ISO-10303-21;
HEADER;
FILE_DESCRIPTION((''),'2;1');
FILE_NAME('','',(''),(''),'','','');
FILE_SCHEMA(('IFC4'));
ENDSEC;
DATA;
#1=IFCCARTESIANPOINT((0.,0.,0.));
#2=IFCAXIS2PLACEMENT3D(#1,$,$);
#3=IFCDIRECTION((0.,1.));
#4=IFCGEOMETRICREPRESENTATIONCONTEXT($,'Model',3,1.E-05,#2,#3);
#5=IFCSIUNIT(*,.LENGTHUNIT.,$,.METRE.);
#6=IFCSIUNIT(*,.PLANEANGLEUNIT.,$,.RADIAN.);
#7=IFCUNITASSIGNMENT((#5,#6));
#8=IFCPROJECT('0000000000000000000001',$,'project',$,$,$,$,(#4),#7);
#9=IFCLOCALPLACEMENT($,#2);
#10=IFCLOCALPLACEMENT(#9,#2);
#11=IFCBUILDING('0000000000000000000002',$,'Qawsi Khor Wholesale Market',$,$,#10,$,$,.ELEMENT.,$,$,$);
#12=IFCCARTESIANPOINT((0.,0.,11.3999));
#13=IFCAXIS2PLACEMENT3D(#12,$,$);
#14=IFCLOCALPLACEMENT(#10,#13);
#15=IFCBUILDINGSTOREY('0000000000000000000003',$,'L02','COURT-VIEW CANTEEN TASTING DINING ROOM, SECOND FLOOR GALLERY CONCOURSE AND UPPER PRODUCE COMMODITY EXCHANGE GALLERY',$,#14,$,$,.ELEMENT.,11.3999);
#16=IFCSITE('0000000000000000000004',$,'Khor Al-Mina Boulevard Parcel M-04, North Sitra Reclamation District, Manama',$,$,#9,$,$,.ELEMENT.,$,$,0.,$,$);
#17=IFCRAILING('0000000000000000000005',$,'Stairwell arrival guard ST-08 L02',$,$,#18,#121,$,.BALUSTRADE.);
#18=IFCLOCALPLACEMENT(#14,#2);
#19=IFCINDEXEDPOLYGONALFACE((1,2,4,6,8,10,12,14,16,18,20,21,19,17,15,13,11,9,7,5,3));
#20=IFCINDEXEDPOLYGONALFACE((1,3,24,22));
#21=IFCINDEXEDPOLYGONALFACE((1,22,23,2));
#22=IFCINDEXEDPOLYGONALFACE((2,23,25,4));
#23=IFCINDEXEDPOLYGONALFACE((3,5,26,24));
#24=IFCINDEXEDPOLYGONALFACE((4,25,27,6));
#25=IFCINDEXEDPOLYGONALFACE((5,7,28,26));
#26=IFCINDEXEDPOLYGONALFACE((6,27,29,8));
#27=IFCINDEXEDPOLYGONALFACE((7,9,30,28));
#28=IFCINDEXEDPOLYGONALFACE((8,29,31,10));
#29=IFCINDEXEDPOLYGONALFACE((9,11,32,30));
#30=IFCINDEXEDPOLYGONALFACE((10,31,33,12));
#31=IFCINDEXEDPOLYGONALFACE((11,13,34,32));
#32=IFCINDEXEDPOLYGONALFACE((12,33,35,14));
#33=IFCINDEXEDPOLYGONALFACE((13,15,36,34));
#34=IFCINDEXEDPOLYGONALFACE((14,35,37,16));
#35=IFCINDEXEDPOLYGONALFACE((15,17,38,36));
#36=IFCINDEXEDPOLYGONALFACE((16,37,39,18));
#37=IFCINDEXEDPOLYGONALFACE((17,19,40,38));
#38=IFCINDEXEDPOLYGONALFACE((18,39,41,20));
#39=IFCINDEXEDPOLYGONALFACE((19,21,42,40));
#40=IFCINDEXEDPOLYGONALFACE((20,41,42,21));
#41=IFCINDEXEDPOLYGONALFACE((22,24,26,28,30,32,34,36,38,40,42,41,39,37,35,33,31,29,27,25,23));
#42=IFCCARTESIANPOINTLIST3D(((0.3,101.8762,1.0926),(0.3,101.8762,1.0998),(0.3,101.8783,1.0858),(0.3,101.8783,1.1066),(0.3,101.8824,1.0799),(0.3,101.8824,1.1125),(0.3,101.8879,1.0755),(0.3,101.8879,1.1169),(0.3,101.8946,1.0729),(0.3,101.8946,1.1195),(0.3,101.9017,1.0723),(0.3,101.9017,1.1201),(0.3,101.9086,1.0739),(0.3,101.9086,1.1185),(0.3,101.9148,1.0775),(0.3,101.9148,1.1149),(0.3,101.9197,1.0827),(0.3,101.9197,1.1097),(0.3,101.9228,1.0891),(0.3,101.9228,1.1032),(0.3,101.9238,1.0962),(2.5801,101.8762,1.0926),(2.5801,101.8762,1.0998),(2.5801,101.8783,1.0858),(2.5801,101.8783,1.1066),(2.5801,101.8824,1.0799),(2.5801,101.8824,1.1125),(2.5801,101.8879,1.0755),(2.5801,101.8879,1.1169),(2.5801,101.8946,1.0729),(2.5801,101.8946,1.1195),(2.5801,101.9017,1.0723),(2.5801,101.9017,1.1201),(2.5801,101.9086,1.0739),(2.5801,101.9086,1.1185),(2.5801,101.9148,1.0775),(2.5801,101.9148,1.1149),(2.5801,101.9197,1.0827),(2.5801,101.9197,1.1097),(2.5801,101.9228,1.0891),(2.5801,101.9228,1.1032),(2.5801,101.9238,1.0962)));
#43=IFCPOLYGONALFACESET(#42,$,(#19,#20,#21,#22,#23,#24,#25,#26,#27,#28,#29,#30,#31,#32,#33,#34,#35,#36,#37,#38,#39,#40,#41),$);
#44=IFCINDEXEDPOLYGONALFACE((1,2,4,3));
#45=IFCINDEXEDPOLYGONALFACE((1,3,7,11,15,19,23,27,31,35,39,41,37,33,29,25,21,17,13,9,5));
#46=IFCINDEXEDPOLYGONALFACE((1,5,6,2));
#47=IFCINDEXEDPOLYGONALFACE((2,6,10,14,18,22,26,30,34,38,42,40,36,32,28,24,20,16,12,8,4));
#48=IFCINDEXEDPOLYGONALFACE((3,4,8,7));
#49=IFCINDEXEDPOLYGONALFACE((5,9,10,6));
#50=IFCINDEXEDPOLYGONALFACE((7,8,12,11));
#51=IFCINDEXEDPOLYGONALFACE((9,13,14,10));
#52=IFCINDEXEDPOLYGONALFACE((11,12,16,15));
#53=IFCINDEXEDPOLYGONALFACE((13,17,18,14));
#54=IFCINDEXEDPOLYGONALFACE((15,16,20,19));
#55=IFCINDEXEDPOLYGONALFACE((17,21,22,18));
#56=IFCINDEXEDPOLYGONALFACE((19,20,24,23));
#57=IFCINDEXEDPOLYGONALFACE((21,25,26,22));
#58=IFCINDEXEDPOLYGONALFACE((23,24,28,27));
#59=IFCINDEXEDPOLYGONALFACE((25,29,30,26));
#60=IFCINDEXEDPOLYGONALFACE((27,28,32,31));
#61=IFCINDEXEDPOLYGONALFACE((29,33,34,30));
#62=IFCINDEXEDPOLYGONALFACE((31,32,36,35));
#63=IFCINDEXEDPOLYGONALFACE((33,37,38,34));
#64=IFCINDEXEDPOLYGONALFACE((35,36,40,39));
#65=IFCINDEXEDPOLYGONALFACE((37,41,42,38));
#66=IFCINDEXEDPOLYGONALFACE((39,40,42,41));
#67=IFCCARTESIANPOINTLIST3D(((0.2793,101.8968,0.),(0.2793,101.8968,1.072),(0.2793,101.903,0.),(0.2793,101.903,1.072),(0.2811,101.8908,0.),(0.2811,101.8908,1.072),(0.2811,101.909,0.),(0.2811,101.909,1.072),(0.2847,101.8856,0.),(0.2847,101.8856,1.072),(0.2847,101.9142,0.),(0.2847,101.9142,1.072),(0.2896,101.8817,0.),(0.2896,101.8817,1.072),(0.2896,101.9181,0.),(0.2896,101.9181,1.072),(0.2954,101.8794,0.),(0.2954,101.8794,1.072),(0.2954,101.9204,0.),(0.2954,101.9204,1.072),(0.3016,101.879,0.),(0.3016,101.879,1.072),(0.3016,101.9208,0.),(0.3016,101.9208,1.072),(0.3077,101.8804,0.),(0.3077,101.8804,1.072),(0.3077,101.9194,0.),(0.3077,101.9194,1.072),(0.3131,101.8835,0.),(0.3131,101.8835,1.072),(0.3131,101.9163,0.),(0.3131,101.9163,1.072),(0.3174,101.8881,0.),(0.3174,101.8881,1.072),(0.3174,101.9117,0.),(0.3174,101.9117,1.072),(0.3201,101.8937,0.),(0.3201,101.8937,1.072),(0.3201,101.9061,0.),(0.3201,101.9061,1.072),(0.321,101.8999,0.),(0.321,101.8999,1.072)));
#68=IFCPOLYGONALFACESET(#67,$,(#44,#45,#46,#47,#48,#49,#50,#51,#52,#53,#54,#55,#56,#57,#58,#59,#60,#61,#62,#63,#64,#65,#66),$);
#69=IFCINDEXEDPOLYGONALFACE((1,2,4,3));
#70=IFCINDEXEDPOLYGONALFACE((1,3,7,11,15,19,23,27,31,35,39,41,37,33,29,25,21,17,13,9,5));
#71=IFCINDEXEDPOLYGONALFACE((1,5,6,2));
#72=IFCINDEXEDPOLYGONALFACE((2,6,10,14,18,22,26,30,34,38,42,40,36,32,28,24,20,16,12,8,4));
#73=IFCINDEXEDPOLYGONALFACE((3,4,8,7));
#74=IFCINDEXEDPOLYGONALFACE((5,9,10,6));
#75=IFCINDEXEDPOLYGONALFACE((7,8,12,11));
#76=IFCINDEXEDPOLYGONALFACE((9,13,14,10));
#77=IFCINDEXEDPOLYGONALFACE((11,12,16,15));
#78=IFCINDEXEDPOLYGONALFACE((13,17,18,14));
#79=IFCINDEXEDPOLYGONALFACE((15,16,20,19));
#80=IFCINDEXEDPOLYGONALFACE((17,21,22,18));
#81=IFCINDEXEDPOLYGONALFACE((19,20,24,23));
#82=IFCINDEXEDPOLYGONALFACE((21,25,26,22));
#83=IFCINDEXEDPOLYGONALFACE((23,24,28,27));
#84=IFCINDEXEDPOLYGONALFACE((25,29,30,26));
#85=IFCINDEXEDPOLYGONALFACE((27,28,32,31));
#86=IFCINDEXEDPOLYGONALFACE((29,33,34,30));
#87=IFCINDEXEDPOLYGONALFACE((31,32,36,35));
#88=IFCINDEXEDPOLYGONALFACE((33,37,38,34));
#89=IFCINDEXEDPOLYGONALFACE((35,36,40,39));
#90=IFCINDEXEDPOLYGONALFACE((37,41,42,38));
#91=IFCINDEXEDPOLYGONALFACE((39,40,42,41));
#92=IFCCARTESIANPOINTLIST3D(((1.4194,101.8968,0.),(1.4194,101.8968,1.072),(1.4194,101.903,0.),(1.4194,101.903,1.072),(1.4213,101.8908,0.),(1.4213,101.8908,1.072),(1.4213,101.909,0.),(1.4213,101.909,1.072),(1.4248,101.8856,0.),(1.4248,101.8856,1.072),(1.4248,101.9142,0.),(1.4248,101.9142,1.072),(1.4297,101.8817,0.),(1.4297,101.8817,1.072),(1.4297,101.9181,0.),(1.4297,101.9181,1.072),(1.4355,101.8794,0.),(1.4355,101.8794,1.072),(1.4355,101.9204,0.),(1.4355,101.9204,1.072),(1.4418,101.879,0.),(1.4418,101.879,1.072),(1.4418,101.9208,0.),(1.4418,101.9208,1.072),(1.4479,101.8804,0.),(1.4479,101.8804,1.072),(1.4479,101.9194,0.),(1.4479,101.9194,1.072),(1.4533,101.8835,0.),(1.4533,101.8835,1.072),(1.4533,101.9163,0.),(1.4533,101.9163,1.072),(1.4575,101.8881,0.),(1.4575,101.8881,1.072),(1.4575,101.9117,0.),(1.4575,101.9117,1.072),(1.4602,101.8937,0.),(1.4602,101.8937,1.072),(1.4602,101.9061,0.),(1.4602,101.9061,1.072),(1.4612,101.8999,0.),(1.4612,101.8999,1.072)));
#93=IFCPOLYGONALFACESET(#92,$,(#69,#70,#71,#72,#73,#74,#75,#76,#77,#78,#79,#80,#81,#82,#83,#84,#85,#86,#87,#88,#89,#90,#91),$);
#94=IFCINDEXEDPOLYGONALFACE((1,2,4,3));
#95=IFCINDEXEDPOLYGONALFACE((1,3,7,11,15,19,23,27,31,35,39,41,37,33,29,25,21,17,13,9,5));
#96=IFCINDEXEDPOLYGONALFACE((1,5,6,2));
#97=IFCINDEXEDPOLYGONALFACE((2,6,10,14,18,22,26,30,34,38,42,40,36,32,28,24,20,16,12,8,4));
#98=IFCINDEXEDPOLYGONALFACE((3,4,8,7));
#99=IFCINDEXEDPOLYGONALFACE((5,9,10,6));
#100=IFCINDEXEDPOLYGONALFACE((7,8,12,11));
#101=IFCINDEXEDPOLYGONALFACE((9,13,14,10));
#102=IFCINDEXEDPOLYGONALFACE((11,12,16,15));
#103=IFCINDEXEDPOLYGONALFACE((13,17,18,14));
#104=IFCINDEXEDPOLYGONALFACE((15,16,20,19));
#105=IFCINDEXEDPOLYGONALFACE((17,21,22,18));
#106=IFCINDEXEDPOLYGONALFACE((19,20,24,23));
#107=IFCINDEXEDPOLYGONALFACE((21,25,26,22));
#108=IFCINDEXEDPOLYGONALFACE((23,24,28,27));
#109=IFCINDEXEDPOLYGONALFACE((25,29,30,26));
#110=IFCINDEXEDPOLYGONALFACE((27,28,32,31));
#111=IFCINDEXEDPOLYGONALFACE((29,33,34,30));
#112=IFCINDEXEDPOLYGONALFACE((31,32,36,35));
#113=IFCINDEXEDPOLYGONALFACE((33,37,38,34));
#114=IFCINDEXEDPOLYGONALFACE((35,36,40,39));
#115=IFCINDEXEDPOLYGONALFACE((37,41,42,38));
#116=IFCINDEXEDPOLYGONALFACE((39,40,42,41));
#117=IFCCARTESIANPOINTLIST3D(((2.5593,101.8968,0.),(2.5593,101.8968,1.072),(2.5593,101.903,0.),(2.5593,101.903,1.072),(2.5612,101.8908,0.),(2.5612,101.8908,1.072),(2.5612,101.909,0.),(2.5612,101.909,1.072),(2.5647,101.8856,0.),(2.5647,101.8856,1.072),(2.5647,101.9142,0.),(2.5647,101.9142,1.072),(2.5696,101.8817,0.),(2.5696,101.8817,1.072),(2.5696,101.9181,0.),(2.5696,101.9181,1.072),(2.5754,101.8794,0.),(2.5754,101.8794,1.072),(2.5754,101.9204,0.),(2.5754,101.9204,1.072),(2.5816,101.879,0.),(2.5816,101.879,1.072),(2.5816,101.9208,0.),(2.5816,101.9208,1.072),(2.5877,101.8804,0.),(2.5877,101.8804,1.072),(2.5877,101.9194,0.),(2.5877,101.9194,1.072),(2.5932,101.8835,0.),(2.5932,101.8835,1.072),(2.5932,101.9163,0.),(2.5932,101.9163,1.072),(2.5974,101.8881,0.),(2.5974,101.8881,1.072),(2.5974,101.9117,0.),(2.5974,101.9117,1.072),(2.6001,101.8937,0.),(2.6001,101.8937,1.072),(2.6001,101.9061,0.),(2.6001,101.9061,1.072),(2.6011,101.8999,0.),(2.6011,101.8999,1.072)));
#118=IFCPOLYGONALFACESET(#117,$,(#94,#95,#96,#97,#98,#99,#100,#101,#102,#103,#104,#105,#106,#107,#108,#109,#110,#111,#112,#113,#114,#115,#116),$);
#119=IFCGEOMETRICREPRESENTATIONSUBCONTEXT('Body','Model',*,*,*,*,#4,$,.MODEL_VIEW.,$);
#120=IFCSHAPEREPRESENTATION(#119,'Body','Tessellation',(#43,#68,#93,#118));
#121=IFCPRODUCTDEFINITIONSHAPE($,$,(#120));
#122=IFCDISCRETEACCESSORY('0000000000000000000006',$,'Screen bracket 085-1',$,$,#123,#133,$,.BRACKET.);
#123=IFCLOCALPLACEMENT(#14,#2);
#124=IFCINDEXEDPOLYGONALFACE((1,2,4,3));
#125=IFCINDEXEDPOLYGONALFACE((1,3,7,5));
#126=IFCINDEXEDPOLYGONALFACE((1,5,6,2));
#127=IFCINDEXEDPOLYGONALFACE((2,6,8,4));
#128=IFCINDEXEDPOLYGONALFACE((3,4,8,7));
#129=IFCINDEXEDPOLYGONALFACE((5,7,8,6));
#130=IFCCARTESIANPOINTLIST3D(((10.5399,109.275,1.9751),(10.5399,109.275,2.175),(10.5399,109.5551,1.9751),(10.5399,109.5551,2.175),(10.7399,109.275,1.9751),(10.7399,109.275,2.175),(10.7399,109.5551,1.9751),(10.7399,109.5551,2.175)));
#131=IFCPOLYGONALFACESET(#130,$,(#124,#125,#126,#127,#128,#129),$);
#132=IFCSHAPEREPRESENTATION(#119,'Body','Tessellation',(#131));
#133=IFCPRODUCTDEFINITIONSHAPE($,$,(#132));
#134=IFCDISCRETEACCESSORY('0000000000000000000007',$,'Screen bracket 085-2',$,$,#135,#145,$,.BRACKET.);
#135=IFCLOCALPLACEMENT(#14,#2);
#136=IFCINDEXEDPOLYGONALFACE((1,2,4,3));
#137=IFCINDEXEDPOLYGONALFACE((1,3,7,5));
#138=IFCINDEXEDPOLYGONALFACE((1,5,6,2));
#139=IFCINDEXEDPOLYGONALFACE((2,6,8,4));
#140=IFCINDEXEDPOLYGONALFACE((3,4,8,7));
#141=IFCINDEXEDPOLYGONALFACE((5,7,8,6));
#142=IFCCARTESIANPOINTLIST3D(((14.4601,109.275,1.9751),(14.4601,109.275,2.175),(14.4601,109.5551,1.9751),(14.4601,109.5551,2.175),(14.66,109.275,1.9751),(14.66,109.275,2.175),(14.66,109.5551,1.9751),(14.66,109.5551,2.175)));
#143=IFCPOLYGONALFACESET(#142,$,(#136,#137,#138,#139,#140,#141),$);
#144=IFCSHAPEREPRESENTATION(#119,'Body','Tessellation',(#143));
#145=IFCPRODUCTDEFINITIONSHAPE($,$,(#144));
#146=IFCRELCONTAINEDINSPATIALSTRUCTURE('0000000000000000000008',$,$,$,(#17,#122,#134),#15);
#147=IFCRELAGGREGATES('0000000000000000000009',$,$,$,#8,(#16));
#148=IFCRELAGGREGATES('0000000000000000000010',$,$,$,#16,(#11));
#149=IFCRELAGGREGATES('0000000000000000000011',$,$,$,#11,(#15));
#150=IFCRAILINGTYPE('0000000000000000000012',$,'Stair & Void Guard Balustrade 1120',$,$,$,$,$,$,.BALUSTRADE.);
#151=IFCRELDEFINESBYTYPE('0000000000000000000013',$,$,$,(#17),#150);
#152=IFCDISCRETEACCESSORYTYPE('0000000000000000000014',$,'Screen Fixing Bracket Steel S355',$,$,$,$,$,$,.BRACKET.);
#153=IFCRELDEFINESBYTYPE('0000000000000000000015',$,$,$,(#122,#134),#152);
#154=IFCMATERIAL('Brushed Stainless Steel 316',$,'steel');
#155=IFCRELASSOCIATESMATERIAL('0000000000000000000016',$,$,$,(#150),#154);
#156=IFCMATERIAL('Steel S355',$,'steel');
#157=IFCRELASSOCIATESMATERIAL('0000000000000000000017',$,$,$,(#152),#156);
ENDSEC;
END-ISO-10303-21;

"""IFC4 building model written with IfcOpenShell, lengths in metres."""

from ifc_helpers import new_model, si_unit, direction, frame, origin, origin_2d, place, context, subcontext, project, spatial, rectangle, circle, extrude, material, type_object, element, save


model = new_model("IFC4")

# Units and contexts
model_context = context("Model", 3, precision=1e-05, world=origin(), true_north=direction((0.0, 1.0)))
body_context = subcontext(model_context, "Body", "Model", "MODEL_VIEW")
ifc_project = project(units=[si_unit("LENGTHUNIT", "METRE"), si_unit("PLANEANGLEUNIT", "RADIAN")], contexts=[model_context])

# Site, building, storey
site_placement = place(None, origin())
site = spatial("IfcSite", under=ifc_project, at=site_placement, Name="Khor Al-Mina Boulevard Parcel M-04, North Sitra Reclamation District, Manama", CompositionType="ELEMENT", RefElevation=0.0)
building_placement = place(site_placement, origin())
building = spatial("IfcBuilding", under=site, at=building_placement, Name="Qawsi Khor Wholesale Market", CompositionType="ELEMENT")
storey_placement = place(building_placement, frame((0.0, 0.0, 11.3999)))
storey = spatial("IfcBuildingStorey", under=building, at=storey_placement, Name="L02", Description="COURT-VIEW CANTEEN TASTING DINING ROOM, SECOND FLOOR GALLERY CONCOURSE AND UPPER PRODUCE COMMODITY EXCHANGE GALLERY", CompositionType="ELEMENT", Elevation=11.3999)

# Shared definitions
ifc_material_1 = material(Name="Steel S355", Category="steel")

# Railing
ifc_material_2 = material(Name="Brushed Stainless Steel 316", Category="steel")
railing_type = type_object("IfcRailingType", Name="Stair & Void Guard Balustrade 1120", PredefinedType="BALUSTRADE", material=ifc_material_2)
railing_placement = place(storey_placement, frame((0.3, 101.8999, 0.0)))
element("IfcRailing", 1, at=railing_placement, inside=storey, type_object=railing_type, Name="Stairwell arrival guard ST-08 L02", PredefinedType="BALUSTRADE", context=body_context, shape_type="SweptSolid", body=[
    extrude(circle(Radius=0.0239, at=origin_2d()), frame((0.0, 0.0, 1.0962), z_axis=(1.0, 0.0, 0.0), x_axis=(0.0, 1.0, 0.0)), (0.0, 0.0, 1.0), 2.28),
    extrude(circle(Radius=0.021, at=origin_2d()), origin(), (0.0, 0.0, 1.0), 1.072),
    extrude(circle(Radius=0.021, at=origin_2d()), frame((1.1401, 0.0, 0.0)), (0.0, 0.0, 1.0), 1.072),
    extrude(circle(Radius=0.021, at=origin_2d()), frame((2.28, 0.0, 0.0)), (0.0, 0.0, 1.0), 1.072),
])

# Discrete accessories
discrete_accessory_type = type_object("IfcDiscreteAccessoryType", Name="Screen Fixing Bracket Steel S355", PredefinedType="BRACKET", material=ifc_material_1)
for number, where, z_axis, x_axis, name in (
    (2, (10.6399, 109.415, 1.9751), (0.0, 0.0, 1.0), (1.0, 0.0, 0.0), "Screen bracket 085-1"),
    (3, (14.5601, 109.415, 1.9751), (0.0, 0.0, 1.0), (1.0, 0.0, 0.0), "Screen bracket 085-2"),
):
    element("IfcDiscreteAccessory", number, at=place(storey_placement, frame(where, z_axis=z_axis, x_axis=x_axis)), inside=storey, type_object=discrete_accessory_type, Name=name, PredefinedType="BRACKET", context=body_context, shape_type="SweptSolid", body=[
        extrude(rectangle(XDim=0.2, YDim=0.28, at=origin_2d()), origin(), (0.0, 0.0, 1.0), 0.2),
    ])

save(model, "model.ifc")
